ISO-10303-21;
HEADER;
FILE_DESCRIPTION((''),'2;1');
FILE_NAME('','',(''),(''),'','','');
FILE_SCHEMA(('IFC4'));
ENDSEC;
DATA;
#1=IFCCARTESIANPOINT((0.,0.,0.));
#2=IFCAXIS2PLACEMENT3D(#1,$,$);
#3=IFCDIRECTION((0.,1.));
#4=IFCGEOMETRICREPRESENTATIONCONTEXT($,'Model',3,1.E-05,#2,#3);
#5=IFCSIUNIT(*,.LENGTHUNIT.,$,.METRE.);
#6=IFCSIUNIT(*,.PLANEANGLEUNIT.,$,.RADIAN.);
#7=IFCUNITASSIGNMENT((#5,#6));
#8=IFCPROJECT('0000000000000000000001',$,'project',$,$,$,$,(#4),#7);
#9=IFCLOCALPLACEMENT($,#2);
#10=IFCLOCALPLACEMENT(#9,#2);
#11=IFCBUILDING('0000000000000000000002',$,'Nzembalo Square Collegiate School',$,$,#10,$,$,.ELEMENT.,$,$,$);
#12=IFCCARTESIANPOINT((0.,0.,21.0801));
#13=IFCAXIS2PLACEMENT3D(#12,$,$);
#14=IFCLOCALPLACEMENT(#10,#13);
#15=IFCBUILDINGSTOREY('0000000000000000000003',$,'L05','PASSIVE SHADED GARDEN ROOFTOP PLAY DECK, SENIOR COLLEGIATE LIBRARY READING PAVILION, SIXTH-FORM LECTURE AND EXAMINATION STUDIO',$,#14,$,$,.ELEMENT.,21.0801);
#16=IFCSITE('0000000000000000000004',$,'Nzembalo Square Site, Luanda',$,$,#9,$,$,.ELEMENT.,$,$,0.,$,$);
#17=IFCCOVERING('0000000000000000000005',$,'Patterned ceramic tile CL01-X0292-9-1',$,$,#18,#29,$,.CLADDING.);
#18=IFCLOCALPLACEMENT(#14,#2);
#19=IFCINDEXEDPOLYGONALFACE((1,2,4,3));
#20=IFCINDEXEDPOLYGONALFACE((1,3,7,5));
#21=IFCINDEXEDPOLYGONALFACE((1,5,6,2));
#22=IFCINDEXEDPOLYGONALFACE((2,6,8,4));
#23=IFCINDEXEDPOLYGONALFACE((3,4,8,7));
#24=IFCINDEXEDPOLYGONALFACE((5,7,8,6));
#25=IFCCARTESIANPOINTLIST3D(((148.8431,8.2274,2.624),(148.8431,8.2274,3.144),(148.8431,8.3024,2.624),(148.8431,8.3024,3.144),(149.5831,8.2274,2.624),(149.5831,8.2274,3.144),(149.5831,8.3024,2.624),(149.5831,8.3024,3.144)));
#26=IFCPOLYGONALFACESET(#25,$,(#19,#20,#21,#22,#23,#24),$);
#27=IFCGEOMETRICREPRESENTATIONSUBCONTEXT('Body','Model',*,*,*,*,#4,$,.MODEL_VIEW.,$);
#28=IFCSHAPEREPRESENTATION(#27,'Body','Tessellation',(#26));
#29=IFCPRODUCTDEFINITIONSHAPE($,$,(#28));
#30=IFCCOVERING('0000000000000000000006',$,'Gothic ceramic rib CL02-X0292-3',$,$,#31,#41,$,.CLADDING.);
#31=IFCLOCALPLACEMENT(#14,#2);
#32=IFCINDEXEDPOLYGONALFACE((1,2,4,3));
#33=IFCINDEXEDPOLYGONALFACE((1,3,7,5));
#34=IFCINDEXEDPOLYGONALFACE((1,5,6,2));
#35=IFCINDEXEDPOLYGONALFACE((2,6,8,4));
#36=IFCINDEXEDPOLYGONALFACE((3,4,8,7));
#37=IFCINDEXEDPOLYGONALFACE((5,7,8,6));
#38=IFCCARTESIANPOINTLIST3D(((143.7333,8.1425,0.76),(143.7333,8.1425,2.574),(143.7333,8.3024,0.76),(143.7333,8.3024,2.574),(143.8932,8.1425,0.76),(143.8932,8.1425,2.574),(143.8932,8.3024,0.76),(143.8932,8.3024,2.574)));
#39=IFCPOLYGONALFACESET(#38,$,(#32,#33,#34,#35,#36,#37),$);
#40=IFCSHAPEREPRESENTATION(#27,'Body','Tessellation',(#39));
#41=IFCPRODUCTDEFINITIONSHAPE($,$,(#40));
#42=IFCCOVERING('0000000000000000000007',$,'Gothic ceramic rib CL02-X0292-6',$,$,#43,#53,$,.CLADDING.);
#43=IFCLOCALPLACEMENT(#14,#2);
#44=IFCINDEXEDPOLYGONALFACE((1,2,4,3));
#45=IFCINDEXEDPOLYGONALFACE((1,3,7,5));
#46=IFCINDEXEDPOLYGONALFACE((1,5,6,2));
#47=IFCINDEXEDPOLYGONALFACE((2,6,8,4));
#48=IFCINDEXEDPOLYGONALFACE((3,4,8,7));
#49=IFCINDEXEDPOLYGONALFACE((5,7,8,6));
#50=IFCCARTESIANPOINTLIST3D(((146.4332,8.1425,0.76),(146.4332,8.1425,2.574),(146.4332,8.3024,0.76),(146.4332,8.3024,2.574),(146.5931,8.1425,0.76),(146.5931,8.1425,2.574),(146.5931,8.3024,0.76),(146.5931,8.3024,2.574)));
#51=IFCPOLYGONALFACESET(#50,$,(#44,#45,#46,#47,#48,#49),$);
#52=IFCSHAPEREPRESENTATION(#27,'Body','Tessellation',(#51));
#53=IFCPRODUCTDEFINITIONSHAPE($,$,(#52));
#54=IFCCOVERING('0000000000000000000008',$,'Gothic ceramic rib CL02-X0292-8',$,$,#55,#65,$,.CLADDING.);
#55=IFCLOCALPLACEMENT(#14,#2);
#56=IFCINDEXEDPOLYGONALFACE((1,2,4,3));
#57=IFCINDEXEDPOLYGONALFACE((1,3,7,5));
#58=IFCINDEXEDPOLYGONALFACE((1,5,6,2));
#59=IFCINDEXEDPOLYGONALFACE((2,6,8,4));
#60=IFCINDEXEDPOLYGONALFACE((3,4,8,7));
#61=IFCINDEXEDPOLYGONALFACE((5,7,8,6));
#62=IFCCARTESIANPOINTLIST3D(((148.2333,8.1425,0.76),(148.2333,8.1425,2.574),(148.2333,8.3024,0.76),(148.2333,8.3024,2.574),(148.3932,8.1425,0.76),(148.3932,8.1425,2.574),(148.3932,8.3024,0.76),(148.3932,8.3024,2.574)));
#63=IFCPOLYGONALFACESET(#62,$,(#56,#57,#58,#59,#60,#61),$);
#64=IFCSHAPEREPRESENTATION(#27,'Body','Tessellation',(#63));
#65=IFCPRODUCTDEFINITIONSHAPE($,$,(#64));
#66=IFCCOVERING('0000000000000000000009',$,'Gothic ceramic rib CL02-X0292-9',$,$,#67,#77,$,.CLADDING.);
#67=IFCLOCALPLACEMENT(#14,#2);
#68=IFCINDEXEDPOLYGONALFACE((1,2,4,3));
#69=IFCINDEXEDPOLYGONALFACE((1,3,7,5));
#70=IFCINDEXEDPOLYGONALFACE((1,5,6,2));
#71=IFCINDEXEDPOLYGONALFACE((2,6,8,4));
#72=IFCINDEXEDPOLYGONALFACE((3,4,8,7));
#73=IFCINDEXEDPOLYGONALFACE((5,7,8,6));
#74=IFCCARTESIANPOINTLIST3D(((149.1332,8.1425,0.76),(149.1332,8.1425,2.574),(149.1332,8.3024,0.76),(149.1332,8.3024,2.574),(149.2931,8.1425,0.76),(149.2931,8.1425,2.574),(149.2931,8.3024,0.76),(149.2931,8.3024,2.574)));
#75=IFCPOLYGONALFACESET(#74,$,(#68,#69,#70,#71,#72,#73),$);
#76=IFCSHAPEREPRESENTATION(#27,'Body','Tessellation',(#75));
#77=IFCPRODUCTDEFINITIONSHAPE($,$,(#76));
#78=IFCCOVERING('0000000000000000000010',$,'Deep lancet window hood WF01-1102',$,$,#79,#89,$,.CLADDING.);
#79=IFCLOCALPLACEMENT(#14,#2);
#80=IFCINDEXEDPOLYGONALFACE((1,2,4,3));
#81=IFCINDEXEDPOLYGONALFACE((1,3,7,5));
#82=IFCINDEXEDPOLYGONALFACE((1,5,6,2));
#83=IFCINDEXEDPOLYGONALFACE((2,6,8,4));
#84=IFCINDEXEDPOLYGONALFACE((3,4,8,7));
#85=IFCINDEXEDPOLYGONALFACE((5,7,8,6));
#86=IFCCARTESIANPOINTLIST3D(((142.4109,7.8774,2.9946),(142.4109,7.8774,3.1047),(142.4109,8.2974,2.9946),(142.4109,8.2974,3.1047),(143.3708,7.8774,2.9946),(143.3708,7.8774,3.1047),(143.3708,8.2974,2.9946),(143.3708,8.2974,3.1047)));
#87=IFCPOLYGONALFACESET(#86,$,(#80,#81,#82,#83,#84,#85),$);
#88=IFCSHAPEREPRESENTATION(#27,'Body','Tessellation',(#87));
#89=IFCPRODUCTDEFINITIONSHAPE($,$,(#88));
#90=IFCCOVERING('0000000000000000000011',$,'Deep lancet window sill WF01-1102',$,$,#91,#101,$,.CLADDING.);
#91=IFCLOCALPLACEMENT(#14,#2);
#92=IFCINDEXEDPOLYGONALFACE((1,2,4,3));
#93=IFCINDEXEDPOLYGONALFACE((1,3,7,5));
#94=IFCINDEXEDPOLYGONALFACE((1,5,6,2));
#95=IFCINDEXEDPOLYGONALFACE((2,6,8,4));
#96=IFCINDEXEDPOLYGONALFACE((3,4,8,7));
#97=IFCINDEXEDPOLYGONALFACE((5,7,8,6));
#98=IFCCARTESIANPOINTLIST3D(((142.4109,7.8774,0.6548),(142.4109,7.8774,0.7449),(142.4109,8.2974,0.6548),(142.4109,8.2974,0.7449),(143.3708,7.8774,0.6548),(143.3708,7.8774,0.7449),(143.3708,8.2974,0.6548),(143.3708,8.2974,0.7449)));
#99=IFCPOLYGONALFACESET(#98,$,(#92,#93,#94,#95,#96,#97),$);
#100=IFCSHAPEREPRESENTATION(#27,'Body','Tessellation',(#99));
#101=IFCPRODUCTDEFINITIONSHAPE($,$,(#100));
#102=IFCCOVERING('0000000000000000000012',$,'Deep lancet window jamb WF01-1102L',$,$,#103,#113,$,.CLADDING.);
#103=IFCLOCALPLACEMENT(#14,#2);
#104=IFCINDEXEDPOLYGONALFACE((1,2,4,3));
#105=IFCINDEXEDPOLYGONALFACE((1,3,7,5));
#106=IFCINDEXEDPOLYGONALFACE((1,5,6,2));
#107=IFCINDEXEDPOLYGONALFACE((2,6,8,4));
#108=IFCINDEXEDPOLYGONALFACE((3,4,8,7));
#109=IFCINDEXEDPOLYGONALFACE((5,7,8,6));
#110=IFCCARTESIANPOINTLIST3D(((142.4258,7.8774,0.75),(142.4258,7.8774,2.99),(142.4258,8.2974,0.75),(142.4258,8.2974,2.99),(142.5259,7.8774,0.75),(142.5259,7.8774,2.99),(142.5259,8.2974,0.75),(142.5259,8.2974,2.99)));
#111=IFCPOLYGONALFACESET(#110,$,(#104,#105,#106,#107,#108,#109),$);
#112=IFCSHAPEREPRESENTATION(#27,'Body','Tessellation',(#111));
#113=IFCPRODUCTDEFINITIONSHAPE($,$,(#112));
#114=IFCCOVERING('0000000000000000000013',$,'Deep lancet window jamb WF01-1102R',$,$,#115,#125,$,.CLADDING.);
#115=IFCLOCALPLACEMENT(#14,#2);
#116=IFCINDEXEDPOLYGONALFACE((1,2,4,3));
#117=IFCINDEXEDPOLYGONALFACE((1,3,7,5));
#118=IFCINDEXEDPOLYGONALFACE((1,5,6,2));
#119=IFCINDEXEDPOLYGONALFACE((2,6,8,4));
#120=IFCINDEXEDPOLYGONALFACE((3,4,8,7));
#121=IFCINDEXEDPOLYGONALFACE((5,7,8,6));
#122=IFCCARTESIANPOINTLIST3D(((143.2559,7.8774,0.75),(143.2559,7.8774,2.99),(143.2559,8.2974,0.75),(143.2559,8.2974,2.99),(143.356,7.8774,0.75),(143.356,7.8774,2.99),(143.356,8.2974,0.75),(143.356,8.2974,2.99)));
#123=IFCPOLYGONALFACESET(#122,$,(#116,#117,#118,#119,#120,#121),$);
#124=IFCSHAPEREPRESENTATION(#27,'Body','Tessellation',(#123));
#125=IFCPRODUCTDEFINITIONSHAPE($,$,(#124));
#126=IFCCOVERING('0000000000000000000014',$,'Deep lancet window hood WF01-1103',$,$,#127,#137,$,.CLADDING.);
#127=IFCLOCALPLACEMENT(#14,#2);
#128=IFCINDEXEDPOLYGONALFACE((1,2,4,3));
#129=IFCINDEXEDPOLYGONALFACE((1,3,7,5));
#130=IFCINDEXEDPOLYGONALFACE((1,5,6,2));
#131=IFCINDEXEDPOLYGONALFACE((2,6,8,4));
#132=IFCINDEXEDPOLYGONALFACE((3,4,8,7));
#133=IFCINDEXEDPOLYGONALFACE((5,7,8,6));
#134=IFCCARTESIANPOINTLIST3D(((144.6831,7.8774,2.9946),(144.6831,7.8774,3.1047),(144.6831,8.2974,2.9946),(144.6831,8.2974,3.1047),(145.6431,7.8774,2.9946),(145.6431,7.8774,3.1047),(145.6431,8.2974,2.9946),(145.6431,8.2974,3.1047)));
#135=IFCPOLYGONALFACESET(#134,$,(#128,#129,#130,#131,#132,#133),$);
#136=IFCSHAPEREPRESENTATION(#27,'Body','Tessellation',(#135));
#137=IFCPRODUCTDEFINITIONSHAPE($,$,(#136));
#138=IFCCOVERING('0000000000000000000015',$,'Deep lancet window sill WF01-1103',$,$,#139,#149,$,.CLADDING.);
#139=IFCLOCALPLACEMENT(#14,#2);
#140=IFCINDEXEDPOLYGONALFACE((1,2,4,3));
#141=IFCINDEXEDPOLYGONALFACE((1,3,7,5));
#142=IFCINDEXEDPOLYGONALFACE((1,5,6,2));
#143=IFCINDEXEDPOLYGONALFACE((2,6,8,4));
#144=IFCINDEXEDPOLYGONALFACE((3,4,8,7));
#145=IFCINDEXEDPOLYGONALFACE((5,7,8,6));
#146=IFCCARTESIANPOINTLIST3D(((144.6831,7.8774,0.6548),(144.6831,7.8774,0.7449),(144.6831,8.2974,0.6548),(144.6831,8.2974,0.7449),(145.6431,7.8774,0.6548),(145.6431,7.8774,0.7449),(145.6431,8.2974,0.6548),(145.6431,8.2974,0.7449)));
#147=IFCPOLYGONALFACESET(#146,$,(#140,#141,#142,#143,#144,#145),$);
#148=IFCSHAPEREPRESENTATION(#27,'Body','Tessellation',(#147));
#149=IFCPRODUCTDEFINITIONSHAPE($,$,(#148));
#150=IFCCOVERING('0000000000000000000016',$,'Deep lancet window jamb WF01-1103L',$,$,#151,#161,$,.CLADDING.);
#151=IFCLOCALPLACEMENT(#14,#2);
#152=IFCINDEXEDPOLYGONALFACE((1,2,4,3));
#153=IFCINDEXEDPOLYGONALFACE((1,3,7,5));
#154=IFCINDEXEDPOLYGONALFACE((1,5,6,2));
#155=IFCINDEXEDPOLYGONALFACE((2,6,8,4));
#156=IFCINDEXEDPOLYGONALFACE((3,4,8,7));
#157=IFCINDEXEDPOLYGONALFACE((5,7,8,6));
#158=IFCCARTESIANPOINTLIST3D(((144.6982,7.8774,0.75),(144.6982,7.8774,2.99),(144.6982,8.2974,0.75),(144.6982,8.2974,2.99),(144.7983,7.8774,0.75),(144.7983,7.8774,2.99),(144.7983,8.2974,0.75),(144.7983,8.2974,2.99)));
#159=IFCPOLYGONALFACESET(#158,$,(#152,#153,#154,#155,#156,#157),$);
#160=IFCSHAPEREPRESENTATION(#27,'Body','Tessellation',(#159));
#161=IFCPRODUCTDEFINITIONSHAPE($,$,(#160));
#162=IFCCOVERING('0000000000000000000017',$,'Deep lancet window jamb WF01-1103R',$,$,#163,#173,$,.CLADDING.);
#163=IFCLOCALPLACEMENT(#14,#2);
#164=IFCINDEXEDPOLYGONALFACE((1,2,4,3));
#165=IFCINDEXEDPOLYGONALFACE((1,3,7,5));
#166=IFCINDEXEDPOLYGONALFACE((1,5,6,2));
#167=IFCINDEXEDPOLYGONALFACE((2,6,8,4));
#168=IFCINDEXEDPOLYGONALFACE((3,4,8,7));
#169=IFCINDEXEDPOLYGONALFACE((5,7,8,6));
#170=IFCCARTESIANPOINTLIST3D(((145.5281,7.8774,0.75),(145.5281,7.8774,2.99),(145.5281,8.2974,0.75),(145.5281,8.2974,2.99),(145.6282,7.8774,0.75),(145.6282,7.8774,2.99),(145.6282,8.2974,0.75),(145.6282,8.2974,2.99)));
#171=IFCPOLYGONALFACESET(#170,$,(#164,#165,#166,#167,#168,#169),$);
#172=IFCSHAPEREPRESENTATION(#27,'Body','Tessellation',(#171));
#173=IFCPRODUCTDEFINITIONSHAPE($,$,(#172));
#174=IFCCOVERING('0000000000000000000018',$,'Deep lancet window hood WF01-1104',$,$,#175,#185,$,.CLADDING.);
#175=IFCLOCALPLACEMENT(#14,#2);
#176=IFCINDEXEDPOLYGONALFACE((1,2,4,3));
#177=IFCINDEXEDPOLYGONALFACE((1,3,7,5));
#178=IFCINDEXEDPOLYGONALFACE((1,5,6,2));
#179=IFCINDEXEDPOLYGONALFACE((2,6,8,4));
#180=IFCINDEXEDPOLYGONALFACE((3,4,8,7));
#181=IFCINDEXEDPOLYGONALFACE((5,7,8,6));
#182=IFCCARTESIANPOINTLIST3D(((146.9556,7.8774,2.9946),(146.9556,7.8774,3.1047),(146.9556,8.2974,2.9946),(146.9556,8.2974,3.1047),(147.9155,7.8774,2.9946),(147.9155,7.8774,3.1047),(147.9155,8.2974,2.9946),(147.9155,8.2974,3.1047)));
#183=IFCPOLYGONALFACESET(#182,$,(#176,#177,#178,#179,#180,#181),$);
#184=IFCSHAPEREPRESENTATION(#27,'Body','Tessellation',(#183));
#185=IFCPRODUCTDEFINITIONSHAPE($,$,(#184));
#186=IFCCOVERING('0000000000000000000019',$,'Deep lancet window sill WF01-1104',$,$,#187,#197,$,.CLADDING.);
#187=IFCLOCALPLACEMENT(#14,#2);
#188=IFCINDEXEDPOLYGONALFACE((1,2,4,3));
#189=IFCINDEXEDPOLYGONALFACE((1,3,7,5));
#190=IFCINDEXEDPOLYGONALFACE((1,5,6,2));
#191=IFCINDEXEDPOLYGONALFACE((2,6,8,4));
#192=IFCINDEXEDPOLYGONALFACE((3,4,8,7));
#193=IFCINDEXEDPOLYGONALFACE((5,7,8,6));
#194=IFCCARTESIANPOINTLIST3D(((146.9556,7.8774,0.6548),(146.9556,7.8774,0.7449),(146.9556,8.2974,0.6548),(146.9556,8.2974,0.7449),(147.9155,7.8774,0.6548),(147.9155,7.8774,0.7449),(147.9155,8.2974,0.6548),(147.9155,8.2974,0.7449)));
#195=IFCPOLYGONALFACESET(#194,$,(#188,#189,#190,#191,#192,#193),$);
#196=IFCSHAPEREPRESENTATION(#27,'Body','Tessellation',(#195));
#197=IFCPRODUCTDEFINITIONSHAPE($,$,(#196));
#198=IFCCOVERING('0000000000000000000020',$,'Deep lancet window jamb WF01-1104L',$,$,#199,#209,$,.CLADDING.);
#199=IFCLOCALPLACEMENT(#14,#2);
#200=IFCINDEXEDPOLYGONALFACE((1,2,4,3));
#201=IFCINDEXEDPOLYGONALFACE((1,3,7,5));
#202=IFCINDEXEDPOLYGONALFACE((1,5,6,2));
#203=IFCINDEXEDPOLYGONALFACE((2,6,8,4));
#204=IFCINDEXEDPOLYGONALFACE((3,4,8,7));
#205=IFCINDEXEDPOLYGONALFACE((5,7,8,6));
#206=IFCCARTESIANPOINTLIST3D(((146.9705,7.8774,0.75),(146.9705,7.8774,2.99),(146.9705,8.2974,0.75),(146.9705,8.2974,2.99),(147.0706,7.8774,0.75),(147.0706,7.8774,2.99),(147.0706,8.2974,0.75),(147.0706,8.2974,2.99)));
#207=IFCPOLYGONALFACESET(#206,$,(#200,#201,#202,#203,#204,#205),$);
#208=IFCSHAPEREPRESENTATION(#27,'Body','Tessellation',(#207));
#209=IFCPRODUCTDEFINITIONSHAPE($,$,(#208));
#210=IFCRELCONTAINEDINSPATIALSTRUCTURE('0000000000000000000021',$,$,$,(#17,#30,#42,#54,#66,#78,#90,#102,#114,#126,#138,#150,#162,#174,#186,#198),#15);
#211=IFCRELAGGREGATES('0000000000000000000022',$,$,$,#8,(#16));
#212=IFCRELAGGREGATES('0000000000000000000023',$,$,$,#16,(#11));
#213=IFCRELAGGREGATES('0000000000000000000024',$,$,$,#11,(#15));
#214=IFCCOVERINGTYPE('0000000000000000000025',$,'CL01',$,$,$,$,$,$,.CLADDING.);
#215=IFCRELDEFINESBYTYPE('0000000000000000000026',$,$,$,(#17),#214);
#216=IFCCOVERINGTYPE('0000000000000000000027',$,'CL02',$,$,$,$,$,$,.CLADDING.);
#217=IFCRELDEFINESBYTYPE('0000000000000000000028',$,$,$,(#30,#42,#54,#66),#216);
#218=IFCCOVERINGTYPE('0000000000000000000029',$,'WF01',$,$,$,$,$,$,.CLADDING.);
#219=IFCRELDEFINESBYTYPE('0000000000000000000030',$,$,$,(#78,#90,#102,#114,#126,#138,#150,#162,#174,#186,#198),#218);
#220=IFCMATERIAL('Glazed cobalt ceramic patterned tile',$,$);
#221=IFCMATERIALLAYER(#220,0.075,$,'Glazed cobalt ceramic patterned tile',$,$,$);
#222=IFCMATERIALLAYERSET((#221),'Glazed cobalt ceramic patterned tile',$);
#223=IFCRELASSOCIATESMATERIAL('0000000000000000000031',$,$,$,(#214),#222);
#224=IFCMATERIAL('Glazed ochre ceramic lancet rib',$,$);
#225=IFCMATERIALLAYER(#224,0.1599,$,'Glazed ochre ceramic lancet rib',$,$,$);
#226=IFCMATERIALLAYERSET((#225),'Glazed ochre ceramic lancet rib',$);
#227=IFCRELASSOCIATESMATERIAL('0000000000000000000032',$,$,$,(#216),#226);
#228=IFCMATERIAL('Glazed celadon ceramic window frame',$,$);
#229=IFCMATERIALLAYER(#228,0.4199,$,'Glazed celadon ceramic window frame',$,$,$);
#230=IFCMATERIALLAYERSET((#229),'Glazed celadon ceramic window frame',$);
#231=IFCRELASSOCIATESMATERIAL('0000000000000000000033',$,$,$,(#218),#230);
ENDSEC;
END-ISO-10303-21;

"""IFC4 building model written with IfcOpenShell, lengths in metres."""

from ifc_helpers import new_model, si_unit, direction, frame, origin, origin_2d, place, context, subcontext, project, spatial, rectangle, extrude, material, layer, layer_set, type_object, element, save


model = new_model("IFC4")

# Units and contexts
model_context = context("Model", 3, precision=1e-05, world=origin(), true_north=direction((0.0, 1.0)))
body_context = subcontext(model_context, "Body", "Model", "MODEL_VIEW")
ifc_project = project(units=[si_unit("LENGTHUNIT", "METRE"), si_unit("PLANEANGLEUNIT", "RADIAN")], contexts=[model_context])

# Site, building, storey
site_placement = place(None, origin())
site = spatial("IfcSite", under=ifc_project, at=site_placement, Name="Nzembalo Square Site, Luanda", CompositionType="ELEMENT", RefElevation=0.0)
building_placement = place(site_placement, origin())
building = spatial("IfcBuilding", under=site, at=building_placement, Name="Nzembalo Square Collegiate School", CompositionType="ELEMENT")
storey_placement = place(building_placement, frame((0.0, 0.0, 21.0801)))
storey = spatial("IfcBuildingStorey", under=building, at=storey_placement, Name="L05", Description="PASSIVE SHADED GARDEN ROOFTOP PLAY DECK, SENIOR COLLEGIATE LIBRARY READING PAVILION, SIXTH-FORM LECTURE AND EXAMINATION STUDIO", CompositionType="ELEMENT", Elevation=21.0801)

# Coverings
ifc_material_1 = material(Name="Glazed cobalt ceramic patterned tile")
ifc_layer_1 = layer(ifc_material_1, 0.075, Name="Glazed cobalt ceramic patterned tile")
ifc_layer_set_1 = layer_set([ifc_layer_1], Name="Glazed cobalt ceramic patterned tile")
covering_type_1 = type_object("IfcCoveringType", Name="CL01", PredefinedType="CLADDING", material=ifc_layer_set_1)
for number, where, z_axis, x_axis, name in (
    (1, (149.2131, 8.2649, 2.624), (0.0, 0.0, 1.0), (1.0, 0.0, 0.0), "Patterned ceramic tile CL01-X0292-9-1"),
):
    element("IfcCovering", number, at=place(storey_placement, frame(where, z_axis=z_axis, x_axis=x_axis)), inside=storey, type_object=covering_type_1, Name=name, PredefinedType="CLADDING", context=body_context, shape_type="SweptSolid", body=[
        extrude(rectangle(XDim=0.74, YDim=0.075, at=origin_2d()), origin(), (0.0, 0.0, 1.0), 0.52),
    ])
ifc_material_2 = material(Name="Glazed ochre ceramic lancet rib")
ifc_layer_2 = layer(ifc_material_2, 0.1599, Name="Glazed ochre ceramic lancet rib")
ifc_layer_set_2 = layer_set([ifc_layer_2], Name="Glazed ochre ceramic lancet rib")
covering_type_2 = type_object("IfcCoveringType", Name="CL02", PredefinedType="CLADDING", material=ifc_layer_set_2)
for number, where, z_axis, x_axis, name in (
    (2, (143.8132, 8.2224, 0.76), (0.0, 0.0, 1.0), (1.0, 0.0, 0.0), "Gothic ceramic rib CL02-X0292-3"),
    (3, (146.5132, 8.2224, 0.76), (0.0, 0.0, 1.0), (1.0, 0.0, 0.0), "Gothic ceramic rib CL02-X0292-6"),
    (4, (148.3132, 8.2224, 0.76), (0.0, 0.0, 1.0), (1.0, 0.0, 0.0), "Gothic ceramic rib CL02-X0292-8"),
    (5, (149.2131, 8.2224, 0.76), (0.0, 0.0, 1.0), (1.0, 0.0, 0.0), "Gothic ceramic rib CL02-X0292-9"),
):
    element("IfcCovering", number, at=place(storey_placement, frame(where, z_axis=z_axis, x_axis=x_axis)), inside=storey, type_object=covering_type_2, Name=name, PredefinedType="CLADDING", context=body_context, shape_type="SweptSolid", body=[
        extrude(rectangle(XDim=0.1599, YDim=0.1599, at=origin_2d()), origin(), (0.0, 0.0, 1.0), 1.814),
    ])
ifc_material_3 = material(Name="Glazed celadon ceramic window frame")
ifc_layer_3 = layer(ifc_material_3, 0.4199, Name="Glazed celadon ceramic window frame")
ifc_layer_set_3 = layer_set([ifc_layer_3], Name="Glazed celadon ceramic window frame")
covering_type_3 = type_object("IfcCoveringType", Name="WF01", PredefinedType="CLADDING", material=ifc_layer_set_3)
covering_1_placement = place(storey_placement, frame((142.8909, 8.0874, 2.9946), z_axis=(0.0, 0.0, 1.0), x_axis=(1.0, 0.0, 0.0)))
element("IfcCovering", 6, at=covering_1_placement, inside=storey, type_object=covering_type_3, Name="Deep lancet window hood WF01-1102", PredefinedType="CLADDING", context=body_context, shape_type="SweptSolid", body=[
    extrude(rectangle(XDim=0.96, YDim=0.4199, at=origin_2d()), origin(), (0.0, 0.0, 1.0), 0.1101),
])
covering_2_placement = place(storey_placement, frame((142.8909, 8.0874, 0.6548), z_axis=(0.0, 0.0, 1.0), x_axis=(1.0, 0.0, 0.0)))
element("IfcCovering", 7, at=covering_2_placement, inside=storey, type_object=covering_type_3, Name="Deep lancet window sill WF01-1102", PredefinedType="CLADDING", context=body_context, shape_type="SweptSolid", body=[
    extrude(rectangle(XDim=0.96, YDim=0.4199, at=origin_2d()), origin(), (0.0, 0.0, 1.0), 0.0901),
])
for number, where, z_axis, x_axis, name in (
    (8, (142.4758, 8.0874, 0.75), (0.0, 0.0, 1.0), (1.0, 0.0, 0.0), "Deep lancet window jamb WF01-1102L"),
    (9, (143.3059, 8.0874, 0.75), (0.0, 0.0, 1.0), (1.0, 0.0, 0.0), "Deep lancet window jamb WF01-1102R"),
):
    element("IfcCovering", number, at=place(storey_placement, frame(where, z_axis=z_axis, x_axis=x_axis)), inside=storey, type_object=covering_type_3, Name=name, PredefinedType="CLADDING", context=body_context, shape_type="SweptSolid", body=[
        extrude(rectangle(XDim=0.1001, YDim=0.4199, at=origin_2d()), origin(), (0.0, 0.0, 1.0), 2.24),
    ])
covering_3_placement = place(storey_placement, frame((145.1631, 8.0874, 2.9946), z_axis=(0.0, 0.0, 1.0), x_axis=(1.0, 0.0, 0.0)))
element("IfcCovering", 10, at=covering_3_placement, inside=storey, type_object=covering_type_3, Name="Deep lancet window hood WF01-1103", PredefinedType="CLADDING", context=body_context, shape_type="SweptSolid", body=[
    extrude(rectangle(XDim=0.96, YDim=0.4199, at=origin_2d()), origin(), (0.0, 0.0, 1.0), 0.1101),
])
covering_4_placement = place(storey_placement, frame((145.1631, 8.0874, 0.6548), z_axis=(0.0, 0.0, 1.0), x_axis=(1.0, 0.0, 0.0)))
element("IfcCovering", 11, at=covering_4_placement, inside=storey, type_object=covering_type_3, Name="Deep lancet window sill WF01-1103", PredefinedType="CLADDING", context=body_context, shape_type="SweptSolid", body=[
    extrude(rectangle(XDim=0.96, YDim=0.4199, at=origin_2d()), origin(), (0.0, 0.0, 1.0), 0.0901),
])
for number, where, z_axis, x_axis, name in (
    (12, (144.7483, 8.0874, 0.75), (0.0, 0.0, 1.0), (1.0, 0.0, 0.0), "Deep lancet window jamb WF01-1103L"),
    (13, (145.5781, 8.0874, 0.75), (0.0, 0.0, 1.0), (1.0, 0.0, 0.0), "Deep lancet window jamb WF01-1103R"),
):
    element("IfcCovering", number, at=place(storey_placement, frame(where, z_axis=z_axis, x_axis=x_axis)), inside=storey, type_object=covering_type_3, Name=name, PredefinedType="CLADDING", context=body_context, shape_type="SweptSolid", body=[
        extrude(rectangle(XDim=0.1001, YDim=0.4199, at=origin_2d()), origin(), (0.0, 0.0, 1.0), 2.24),
    ])
covering_5_placement = place(storey_placement, frame((147.4355, 8.0874, 2.9946), z_axis=(0.0, 0.0, 1.0), x_axis=(1.0, 0.0, 0.0)))
element("IfcCovering", 14, at=covering_5_placement, inside=storey, type_object=covering_type_3, Name="Deep lancet window hood WF01-1104", PredefinedType="CLADDING", context=body_context, shape_type="SweptSolid", body=[
    extrude(rectangle(XDim=0.96, YDim=0.4199, at=origin_2d()), origin(), (0.0, 0.0, 1.0), 0.1101),
])
covering_6_placement = place(storey_placement, frame((147.4355, 8.0874, 0.6548), z_axis=(0.0, 0.0, 1.0), x_axis=(1.0, 0.0, 0.0)))
element("IfcCovering", 15, at=covering_6_placement, inside=storey, type_object=covering_type_3, Name="Deep lancet window sill WF01-1104", PredefinedType="CLADDING", context=body_context, shape_type="SweptSolid", body=[
    extrude(rectangle(XDim=0.96, YDim=0.4199, at=origin_2d()), origin(), (0.0, 0.0, 1.0), 0.0901),
])
for number, where, z_axis, x_axis, name in (
    (16, (147.0205, 8.0874, 0.75), (0.0, 0.0, 1.0), (1.0, 0.0, 0.0), "Deep lancet window jamb WF01-1104L"),
):
    element("IfcCovering", number, at=place(storey_placement, frame(where, z_axis=z_axis, x_axis=x_axis)), inside=storey, type_object=covering_type_3, Name=name, PredefinedType="CLADDING", context=body_context, shape_type="SweptSolid", body=[
        extrude(rectangle(XDim=0.1001, YDim=0.4199, at=origin_2d()), origin(), (0.0, 0.0, 1.0), 2.24),
    ])

save(model, "model.ifc")
